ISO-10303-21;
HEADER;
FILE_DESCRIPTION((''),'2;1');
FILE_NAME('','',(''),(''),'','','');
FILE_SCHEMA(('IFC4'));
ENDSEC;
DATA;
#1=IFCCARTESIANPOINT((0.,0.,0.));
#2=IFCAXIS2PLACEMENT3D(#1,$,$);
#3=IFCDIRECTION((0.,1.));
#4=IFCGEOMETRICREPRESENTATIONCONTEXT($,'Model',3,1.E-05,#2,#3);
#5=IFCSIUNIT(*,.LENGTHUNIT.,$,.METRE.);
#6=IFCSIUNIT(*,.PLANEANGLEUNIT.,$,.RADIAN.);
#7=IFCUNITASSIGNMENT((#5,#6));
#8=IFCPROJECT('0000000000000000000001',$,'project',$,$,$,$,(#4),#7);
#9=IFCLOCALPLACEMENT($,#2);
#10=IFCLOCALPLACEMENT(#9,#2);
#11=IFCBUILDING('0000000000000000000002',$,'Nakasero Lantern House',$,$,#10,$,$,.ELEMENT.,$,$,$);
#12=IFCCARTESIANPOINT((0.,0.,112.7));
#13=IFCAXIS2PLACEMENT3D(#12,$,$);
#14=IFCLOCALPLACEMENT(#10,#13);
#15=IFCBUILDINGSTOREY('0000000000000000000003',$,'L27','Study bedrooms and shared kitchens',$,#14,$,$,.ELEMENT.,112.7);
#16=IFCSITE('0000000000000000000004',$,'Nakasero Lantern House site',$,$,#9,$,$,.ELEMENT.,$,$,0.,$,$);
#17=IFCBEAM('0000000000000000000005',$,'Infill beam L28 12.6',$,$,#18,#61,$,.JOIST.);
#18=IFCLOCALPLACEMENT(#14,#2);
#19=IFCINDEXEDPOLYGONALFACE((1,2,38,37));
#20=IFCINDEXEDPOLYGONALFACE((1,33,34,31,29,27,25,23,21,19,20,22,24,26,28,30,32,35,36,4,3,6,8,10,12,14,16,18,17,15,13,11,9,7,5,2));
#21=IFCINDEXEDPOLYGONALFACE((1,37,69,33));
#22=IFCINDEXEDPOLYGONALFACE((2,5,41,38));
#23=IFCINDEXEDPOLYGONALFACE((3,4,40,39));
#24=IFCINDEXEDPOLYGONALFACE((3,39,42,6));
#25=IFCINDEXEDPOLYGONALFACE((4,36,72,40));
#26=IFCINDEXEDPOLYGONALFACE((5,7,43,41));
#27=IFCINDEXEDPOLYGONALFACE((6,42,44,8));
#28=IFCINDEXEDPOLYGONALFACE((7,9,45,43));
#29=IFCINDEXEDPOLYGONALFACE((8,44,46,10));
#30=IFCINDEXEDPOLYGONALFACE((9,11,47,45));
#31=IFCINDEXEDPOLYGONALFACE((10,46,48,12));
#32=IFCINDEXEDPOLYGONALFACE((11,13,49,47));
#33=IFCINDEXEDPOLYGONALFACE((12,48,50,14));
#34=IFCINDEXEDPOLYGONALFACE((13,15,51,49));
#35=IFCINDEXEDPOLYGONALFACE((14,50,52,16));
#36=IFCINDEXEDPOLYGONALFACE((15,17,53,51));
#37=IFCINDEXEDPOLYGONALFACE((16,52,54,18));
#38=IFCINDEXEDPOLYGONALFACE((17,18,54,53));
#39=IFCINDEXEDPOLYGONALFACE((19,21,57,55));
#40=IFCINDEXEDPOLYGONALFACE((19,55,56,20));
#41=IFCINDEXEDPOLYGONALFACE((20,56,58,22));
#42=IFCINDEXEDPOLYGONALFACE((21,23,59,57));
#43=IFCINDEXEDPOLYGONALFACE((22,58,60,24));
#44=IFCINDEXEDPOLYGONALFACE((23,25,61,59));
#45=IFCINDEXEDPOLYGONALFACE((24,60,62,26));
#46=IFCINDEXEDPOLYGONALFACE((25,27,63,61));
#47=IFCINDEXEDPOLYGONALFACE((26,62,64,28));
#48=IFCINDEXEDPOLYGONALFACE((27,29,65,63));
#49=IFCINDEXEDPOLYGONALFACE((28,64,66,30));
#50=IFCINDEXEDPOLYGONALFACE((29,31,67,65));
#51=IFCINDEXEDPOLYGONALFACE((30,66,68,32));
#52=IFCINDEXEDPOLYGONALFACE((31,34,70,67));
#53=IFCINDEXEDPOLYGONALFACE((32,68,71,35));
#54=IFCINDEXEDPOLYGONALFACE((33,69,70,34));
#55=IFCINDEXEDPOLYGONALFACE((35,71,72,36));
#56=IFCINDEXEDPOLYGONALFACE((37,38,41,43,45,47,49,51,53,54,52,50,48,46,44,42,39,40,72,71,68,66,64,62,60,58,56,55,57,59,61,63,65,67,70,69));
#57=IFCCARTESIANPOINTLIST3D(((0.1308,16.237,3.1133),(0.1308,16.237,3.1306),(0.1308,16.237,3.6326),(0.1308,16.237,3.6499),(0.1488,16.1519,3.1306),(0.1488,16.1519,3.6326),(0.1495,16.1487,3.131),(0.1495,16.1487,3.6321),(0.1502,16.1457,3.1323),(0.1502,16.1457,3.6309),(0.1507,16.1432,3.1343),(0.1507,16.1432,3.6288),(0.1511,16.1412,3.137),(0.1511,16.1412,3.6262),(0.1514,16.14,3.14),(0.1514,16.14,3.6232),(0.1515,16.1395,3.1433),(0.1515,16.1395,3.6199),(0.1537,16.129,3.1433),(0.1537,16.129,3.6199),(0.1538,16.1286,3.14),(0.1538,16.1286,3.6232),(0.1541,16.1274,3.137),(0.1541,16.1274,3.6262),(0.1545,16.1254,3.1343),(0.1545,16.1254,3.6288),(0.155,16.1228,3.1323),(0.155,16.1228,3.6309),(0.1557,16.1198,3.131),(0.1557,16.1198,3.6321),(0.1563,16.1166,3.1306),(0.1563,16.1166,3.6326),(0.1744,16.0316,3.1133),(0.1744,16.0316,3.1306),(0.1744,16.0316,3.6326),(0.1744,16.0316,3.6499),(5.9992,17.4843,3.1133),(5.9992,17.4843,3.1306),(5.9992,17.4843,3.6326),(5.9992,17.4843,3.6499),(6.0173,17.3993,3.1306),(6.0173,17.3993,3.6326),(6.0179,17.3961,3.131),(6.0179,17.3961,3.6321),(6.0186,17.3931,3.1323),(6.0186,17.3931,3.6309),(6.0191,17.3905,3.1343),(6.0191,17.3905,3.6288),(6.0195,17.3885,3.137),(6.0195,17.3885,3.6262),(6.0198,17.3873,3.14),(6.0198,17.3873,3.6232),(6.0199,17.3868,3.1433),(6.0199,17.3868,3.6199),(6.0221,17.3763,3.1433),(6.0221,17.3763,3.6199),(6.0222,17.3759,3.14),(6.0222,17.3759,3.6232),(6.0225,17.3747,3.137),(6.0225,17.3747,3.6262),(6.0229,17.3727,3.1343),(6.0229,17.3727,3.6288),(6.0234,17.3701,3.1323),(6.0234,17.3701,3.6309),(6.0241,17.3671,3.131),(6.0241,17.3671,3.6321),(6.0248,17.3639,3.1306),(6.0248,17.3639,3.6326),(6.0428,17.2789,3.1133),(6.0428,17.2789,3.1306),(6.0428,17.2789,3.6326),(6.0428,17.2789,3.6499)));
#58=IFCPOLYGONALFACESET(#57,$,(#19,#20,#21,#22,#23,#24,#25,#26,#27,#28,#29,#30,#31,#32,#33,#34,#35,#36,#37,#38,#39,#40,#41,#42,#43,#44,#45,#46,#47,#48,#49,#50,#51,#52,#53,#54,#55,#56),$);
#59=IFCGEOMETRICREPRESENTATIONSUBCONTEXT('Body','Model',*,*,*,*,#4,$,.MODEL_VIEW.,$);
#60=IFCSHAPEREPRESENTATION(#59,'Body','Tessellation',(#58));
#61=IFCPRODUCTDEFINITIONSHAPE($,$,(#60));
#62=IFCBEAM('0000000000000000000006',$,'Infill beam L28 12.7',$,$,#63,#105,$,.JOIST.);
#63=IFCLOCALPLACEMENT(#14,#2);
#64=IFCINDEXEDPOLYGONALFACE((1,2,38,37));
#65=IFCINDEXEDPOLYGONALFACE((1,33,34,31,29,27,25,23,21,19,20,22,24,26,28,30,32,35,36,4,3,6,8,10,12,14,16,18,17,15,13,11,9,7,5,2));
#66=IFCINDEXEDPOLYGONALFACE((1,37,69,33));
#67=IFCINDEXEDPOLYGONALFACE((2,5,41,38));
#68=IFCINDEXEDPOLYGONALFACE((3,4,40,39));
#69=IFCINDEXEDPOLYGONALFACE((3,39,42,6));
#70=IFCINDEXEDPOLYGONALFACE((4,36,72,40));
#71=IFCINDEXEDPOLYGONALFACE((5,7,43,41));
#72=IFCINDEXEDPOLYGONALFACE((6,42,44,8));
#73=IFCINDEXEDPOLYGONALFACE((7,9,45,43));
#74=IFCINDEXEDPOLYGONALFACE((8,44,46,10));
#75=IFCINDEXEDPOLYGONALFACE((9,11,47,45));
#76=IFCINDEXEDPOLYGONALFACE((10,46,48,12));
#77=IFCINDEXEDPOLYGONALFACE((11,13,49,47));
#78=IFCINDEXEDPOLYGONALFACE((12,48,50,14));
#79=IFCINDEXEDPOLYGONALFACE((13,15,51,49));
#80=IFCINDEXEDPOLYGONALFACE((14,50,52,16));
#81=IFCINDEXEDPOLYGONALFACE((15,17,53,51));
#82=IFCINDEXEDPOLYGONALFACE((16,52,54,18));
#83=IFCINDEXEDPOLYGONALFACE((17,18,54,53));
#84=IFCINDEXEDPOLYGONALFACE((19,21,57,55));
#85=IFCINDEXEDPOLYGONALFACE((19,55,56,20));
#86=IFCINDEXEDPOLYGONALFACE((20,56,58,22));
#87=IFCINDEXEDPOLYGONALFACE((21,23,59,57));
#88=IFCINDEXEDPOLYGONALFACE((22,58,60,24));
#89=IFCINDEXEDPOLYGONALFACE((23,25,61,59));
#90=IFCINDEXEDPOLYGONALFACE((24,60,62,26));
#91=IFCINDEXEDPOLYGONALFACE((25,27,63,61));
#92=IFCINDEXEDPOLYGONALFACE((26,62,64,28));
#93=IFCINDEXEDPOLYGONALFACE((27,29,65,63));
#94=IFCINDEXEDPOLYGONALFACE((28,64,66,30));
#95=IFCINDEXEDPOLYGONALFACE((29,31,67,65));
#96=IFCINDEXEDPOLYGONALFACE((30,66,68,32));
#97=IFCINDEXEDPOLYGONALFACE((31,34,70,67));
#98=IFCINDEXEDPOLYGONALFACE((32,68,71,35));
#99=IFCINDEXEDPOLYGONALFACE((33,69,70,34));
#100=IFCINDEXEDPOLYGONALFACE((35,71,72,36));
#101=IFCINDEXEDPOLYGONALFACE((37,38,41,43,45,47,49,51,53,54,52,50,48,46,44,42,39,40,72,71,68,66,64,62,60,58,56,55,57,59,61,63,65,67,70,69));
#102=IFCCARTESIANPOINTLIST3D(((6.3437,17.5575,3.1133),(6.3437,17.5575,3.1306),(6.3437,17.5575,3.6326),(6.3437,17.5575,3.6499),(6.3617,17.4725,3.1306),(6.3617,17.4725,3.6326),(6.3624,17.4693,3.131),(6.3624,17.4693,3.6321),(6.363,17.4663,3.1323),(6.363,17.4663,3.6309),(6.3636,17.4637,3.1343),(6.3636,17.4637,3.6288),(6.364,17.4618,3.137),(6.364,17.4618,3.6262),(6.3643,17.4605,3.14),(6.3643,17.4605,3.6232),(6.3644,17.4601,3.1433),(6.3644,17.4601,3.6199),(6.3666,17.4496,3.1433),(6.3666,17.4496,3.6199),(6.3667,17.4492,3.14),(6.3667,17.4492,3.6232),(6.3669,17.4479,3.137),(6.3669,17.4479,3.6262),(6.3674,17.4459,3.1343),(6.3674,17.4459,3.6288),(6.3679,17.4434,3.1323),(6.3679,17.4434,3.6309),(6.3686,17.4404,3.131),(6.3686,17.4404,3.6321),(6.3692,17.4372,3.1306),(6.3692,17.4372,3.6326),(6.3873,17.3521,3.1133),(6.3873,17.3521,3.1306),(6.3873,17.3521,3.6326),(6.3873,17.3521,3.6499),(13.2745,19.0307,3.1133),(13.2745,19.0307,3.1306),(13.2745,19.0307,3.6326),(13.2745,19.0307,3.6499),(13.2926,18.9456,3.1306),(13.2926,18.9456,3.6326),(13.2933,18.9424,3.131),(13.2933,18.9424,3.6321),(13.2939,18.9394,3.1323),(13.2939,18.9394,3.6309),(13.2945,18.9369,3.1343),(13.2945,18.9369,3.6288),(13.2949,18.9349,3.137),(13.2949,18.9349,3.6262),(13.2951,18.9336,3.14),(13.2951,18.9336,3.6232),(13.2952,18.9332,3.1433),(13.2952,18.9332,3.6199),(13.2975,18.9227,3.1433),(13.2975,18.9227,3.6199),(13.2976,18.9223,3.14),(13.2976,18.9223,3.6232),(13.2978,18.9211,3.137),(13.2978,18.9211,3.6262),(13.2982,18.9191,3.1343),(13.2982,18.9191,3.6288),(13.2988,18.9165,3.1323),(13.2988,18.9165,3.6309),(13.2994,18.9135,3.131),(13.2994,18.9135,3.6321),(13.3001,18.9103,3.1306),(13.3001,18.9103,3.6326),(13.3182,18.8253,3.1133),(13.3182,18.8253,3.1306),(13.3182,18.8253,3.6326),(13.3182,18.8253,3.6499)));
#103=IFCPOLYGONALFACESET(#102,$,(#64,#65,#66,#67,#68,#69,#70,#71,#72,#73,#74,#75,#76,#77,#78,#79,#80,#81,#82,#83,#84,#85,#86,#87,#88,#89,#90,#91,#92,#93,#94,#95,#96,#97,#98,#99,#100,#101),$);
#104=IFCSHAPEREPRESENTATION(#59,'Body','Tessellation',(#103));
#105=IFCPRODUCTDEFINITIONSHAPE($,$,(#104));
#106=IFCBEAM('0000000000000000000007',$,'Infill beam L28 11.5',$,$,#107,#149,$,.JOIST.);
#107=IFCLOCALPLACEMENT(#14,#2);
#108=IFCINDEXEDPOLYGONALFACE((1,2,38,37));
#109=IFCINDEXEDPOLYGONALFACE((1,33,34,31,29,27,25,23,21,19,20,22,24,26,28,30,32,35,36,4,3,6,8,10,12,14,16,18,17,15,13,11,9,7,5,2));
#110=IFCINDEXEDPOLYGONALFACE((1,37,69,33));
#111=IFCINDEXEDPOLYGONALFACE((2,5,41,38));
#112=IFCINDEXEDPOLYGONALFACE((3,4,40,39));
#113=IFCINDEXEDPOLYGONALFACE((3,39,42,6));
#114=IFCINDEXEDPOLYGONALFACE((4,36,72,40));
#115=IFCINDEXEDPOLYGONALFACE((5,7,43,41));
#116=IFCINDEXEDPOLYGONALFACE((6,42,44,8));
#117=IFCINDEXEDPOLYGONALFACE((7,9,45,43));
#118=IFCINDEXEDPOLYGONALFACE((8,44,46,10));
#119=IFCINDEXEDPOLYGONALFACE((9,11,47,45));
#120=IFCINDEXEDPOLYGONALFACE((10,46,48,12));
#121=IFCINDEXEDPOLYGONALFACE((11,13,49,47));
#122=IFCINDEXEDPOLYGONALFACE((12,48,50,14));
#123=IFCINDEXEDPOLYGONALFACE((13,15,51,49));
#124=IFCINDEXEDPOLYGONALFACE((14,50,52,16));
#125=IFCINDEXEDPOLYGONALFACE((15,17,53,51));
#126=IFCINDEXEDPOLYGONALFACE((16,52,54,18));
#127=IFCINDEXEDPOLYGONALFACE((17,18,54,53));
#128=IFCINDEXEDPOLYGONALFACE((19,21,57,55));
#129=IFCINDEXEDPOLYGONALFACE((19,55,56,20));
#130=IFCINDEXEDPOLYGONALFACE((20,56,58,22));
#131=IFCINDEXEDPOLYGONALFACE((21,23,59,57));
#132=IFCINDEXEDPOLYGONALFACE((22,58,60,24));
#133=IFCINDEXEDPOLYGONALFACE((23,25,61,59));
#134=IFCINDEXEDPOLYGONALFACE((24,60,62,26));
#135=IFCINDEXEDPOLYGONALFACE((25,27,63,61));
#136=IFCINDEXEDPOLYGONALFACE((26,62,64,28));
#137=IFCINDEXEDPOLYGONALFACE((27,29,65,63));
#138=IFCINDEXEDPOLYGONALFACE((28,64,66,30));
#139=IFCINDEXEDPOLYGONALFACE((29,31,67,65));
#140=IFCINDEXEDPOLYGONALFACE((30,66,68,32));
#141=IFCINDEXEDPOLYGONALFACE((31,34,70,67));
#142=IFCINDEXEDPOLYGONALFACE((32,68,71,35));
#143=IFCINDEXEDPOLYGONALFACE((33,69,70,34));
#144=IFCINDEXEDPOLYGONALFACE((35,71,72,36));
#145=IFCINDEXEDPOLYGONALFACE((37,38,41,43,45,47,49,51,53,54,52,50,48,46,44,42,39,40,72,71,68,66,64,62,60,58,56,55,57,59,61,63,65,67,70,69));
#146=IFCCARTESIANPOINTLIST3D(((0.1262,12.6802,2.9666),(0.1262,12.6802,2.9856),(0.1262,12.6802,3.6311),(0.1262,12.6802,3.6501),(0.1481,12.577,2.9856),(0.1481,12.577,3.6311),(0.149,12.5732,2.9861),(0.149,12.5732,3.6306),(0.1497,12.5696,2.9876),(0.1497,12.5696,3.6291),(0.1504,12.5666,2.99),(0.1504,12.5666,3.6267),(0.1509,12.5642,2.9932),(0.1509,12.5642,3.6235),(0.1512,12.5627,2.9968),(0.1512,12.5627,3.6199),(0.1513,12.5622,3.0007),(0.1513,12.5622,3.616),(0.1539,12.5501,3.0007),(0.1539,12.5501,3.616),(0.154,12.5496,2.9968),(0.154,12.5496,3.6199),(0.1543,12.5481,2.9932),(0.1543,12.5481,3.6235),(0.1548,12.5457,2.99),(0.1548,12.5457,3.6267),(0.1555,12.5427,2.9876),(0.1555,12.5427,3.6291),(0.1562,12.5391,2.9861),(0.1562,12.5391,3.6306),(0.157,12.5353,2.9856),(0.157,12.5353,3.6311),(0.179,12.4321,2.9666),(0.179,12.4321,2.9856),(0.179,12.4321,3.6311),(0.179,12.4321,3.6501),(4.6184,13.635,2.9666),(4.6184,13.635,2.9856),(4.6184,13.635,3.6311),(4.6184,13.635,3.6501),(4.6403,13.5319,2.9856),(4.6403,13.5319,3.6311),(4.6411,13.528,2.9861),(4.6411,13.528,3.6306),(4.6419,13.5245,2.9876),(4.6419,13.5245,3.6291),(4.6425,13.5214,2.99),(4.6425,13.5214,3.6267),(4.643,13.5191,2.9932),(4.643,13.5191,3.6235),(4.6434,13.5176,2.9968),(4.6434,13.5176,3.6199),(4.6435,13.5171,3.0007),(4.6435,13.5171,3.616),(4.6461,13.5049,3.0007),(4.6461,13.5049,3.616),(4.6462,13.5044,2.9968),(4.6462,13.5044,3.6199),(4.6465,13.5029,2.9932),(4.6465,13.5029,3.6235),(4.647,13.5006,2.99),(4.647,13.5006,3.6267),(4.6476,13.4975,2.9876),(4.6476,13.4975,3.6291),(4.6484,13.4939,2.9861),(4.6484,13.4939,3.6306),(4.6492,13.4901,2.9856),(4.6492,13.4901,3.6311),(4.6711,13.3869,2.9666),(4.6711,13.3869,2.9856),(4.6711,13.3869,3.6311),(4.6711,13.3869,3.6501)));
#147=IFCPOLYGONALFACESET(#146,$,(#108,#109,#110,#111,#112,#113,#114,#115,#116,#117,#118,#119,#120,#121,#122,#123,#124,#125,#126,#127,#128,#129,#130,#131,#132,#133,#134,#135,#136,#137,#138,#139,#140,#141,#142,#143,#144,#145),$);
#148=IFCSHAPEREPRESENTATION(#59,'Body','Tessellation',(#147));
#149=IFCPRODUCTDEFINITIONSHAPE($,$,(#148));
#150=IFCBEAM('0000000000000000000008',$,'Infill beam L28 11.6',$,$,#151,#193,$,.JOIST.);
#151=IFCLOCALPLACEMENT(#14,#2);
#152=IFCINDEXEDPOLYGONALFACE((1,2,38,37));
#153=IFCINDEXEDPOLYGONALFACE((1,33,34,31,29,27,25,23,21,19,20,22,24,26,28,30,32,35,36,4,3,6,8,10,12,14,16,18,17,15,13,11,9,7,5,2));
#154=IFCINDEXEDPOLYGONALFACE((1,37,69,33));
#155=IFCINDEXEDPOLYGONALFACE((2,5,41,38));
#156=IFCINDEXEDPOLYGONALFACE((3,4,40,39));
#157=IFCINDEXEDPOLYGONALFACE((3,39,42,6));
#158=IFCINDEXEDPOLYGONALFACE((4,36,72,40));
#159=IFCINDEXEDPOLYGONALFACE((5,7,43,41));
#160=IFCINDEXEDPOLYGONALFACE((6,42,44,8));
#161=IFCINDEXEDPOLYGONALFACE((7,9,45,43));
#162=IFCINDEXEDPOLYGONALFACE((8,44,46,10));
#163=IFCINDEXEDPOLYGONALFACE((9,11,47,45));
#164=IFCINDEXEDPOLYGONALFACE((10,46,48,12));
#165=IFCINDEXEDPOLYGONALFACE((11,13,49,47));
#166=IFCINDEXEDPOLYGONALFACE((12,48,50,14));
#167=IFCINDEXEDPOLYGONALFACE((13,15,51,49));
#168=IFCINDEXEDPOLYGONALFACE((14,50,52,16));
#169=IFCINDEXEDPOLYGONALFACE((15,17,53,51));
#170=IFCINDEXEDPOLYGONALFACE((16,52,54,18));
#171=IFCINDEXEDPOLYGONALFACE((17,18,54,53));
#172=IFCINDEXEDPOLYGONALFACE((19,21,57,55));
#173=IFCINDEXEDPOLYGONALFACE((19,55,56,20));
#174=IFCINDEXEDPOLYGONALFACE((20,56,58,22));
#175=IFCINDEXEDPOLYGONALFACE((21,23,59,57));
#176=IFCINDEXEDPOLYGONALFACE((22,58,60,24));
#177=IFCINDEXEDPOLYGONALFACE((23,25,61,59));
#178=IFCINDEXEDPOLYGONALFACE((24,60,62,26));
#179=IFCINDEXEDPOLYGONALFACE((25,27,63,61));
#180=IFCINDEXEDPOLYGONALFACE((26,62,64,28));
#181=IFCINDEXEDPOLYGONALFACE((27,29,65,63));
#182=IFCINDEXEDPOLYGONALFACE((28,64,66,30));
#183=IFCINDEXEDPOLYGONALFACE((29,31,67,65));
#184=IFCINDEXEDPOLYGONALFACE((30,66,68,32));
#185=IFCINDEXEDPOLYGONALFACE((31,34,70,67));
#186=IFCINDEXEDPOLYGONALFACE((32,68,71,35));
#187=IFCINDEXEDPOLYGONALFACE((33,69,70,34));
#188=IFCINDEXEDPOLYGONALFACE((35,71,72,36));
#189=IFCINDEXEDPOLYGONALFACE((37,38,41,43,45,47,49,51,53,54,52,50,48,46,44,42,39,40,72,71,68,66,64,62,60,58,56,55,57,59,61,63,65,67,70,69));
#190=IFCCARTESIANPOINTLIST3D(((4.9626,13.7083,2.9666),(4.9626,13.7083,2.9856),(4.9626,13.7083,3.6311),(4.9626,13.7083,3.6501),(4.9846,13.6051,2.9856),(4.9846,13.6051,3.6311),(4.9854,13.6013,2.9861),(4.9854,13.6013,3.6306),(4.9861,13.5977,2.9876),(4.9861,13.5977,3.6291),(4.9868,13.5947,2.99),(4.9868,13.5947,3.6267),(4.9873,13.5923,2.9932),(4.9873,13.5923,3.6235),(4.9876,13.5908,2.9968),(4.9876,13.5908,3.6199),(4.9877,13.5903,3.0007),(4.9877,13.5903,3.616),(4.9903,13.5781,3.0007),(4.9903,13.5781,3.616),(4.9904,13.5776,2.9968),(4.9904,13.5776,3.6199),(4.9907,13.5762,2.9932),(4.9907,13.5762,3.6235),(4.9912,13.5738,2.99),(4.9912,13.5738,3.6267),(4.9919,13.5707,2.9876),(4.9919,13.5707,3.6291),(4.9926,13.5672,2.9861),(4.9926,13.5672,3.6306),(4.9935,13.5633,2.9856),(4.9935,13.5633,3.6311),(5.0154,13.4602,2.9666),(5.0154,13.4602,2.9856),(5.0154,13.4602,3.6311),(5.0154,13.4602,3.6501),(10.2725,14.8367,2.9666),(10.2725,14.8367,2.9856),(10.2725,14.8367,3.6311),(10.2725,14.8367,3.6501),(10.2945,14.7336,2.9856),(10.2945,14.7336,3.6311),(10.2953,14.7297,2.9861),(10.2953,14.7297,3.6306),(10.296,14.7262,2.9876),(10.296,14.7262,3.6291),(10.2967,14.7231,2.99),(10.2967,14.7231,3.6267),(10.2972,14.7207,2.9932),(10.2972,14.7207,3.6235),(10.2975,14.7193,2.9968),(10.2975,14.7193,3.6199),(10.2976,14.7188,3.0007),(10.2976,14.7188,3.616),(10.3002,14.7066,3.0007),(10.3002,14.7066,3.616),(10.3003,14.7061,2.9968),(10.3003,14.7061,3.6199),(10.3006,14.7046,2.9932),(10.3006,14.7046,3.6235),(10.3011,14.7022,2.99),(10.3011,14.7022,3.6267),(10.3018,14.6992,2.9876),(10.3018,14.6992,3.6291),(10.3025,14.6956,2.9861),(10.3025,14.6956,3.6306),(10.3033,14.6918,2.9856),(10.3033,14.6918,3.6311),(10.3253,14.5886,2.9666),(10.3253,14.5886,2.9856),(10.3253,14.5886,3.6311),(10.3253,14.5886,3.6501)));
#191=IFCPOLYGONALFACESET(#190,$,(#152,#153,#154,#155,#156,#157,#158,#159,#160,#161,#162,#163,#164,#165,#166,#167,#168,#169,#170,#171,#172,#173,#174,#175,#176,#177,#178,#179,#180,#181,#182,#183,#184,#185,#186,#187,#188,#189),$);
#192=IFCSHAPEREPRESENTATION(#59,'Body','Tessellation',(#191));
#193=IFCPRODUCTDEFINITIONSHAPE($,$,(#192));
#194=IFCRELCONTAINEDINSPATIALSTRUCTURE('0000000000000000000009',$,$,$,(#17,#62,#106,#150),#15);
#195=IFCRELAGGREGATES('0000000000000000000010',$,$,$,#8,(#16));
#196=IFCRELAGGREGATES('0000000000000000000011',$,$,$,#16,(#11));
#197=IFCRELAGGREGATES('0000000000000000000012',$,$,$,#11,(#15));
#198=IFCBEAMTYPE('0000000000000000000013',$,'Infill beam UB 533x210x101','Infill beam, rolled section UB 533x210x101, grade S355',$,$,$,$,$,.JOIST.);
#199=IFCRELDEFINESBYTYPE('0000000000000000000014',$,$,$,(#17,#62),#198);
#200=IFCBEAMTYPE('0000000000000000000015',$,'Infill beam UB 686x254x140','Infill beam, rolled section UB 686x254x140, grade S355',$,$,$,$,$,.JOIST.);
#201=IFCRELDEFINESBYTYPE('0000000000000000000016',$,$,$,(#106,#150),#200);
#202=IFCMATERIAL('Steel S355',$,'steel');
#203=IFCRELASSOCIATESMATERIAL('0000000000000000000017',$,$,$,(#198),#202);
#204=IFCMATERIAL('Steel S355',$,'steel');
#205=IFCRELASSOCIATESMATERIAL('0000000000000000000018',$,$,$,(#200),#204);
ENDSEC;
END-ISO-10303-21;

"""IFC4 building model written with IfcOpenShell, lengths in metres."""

from ifc_helpers import new_model, si_unit, direction, frame, origin, origin_2d, place, context, subcontext, project, spatial, i_section, extrude, material, material_profile, profile_set, type_object, element, save


model = new_model("IFC4")

# Units and contexts
model_context = context("Model", 3, precision=1e-05, world=origin(), true_north=direction((0.0, 1.0)))
body_context = subcontext(model_context, "Body", "Model", "MODEL_VIEW")
ifc_project = project(units=[si_unit("LENGTHUNIT", "METRE"), si_unit("PLANEANGLEUNIT", "RADIAN")], contexts=[model_context])

# Site, building, storey
site_placement = place(None, origin())
site = spatial("IfcSite", under=ifc_project, at=site_placement, Name="Nakasero Lantern House site", CompositionType="ELEMENT", RefElevation=0.0)
building_placement = place(site_placement, origin())
building = spatial("IfcBuilding", under=site, at=building_placement, Name="Nakasero Lantern House", CompositionType="ELEMENT")
storey_placement = place(building_placement, frame((0.0, 0.0, 112.7)))
storey = spatial("IfcBuildingStorey", under=building, at=storey_placement, Name="L27", Description="Study bedrooms and shared kitchens", CompositionType="ELEMENT", Elevation=112.7)

# Beams
ifc_material_1 = material(Name="Steel S355", Category="steel")
ifc_material_profile_1 = material_profile(ifc_material_1, i_section(OverallWidth=0.21, OverallDepth=0.5366, WebThickness=0.0107, FlangeThickness=0.0173, FilletRadius=0.0127, at=origin_2d()), Name="UB 533x210x101")
ifc_profile_set_1 = profile_set([ifc_material_profile_1], Name="Steel S355")
beam_type_1 = type_object("IfcBeamType", Name="Infill beam UB 533x210x101", Description="Infill beam, rolled section UB 533x210x101, grade S355", PredefinedType="JOIST", material=ifc_profile_set_1)
beam_1_placement = place(storey_placement, frame((0.1526, 16.1343, 3.3816), z_axis=(0.978149, 0.207903, 0.0), x_axis=(-0.207903, 0.978149, 0.0)))
element("IfcBeam", 1, at=beam_1_placement, inside=storey, type_object=beam_type_1, Name="Infill beam L28 12.6", PredefinedType="JOIST", context=body_context, shape_type="SweptSolid", body=[
    extrude(i_section(OverallWidth=0.21, OverallDepth=0.5366, WebThickness=0.0107, FlangeThickness=0.0173, FilletRadius=0.0127, at=origin_2d()), origin(), (0.0, 0.0, 1.0), 5.9995),
])
beam_2_placement = place(storey_placement, frame((6.3655, 17.4548, 3.3816), z_axis=(0.978149, 0.207903, 0.0), x_axis=(-0.207903, 0.978149, 0.0)))
element("IfcBeam", 2, at=beam_2_placement, inside=storey, type_object=beam_type_1, Name="Infill beam L28 12.7", PredefinedType="JOIST", context=body_context, shape_type="SweptSolid", body=[
    extrude(i_section(OverallWidth=0.21, OverallDepth=0.5366, WebThickness=0.0107, FlangeThickness=0.0173, FilletRadius=0.0127, at=origin_2d()), origin(), (0.0, 0.0, 1.0), 7.0857),
])
ifc_material_2 = material(Name="Steel S355", Category="steel")
ifc_material_profile_2 = material_profile(ifc_material_2, i_section(OverallWidth=0.2537, OverallDepth=0.6836, WebThickness=0.0125, FlangeThickness=0.019, FilletRadius=0.0151, at=origin_2d()), Name="UB 686x254x140")
ifc_profile_set_2 = profile_set([ifc_material_profile_2], Name="Steel S355")
beam_type_2 = type_object("IfcBeamType", Name="Infill beam UB 686x254x140", Description="Infill beam, rolled section UB 686x254x140, grade S355", PredefinedType="JOIST", material=ifc_profile_set_2)
beam_3_placement = place(storey_placement, frame((0.1526, 12.5562, 3.3083), z_axis=(0.978148, 0.20791, 0.0), x_axis=(-0.20791, 0.978148, 0.0)))
element("IfcBeam", 3, at=beam_3_placement, inside=storey, type_object=beam_type_2, Name="Infill beam L28 11.5", PredefinedType="JOIST", context=body_context, shape_type="SweptSolid", body=[
    extrude(i_section(OverallWidth=0.2537, OverallDepth=0.6836, WebThickness=0.0125, FlangeThickness=0.019, FilletRadius=0.0151, at=origin_2d()), origin(), (0.0, 0.0, 1.0), 4.5925),
])
beam_4_placement = place(storey_placement, frame((4.989, 13.5842, 3.3083), z_axis=(0.978156, 0.207873, 0.0), x_axis=(-0.207873, 0.978156, 0.0)))
element("IfcBeam", 4, at=beam_4_placement, inside=storey, type_object=beam_type_2, Name="Infill beam L28 11.6", PredefinedType="JOIST", context=body_context, shape_type="SweptSolid", body=[
    extrude(i_section(OverallWidth=0.2537, OverallDepth=0.6836, WebThickness=0.0125, FlangeThickness=0.019, FilletRadius=0.0151, at=origin_2d()), origin(), (0.0, 0.0, 1.0), 5.4285),
])

save(model, "model.ifc")
